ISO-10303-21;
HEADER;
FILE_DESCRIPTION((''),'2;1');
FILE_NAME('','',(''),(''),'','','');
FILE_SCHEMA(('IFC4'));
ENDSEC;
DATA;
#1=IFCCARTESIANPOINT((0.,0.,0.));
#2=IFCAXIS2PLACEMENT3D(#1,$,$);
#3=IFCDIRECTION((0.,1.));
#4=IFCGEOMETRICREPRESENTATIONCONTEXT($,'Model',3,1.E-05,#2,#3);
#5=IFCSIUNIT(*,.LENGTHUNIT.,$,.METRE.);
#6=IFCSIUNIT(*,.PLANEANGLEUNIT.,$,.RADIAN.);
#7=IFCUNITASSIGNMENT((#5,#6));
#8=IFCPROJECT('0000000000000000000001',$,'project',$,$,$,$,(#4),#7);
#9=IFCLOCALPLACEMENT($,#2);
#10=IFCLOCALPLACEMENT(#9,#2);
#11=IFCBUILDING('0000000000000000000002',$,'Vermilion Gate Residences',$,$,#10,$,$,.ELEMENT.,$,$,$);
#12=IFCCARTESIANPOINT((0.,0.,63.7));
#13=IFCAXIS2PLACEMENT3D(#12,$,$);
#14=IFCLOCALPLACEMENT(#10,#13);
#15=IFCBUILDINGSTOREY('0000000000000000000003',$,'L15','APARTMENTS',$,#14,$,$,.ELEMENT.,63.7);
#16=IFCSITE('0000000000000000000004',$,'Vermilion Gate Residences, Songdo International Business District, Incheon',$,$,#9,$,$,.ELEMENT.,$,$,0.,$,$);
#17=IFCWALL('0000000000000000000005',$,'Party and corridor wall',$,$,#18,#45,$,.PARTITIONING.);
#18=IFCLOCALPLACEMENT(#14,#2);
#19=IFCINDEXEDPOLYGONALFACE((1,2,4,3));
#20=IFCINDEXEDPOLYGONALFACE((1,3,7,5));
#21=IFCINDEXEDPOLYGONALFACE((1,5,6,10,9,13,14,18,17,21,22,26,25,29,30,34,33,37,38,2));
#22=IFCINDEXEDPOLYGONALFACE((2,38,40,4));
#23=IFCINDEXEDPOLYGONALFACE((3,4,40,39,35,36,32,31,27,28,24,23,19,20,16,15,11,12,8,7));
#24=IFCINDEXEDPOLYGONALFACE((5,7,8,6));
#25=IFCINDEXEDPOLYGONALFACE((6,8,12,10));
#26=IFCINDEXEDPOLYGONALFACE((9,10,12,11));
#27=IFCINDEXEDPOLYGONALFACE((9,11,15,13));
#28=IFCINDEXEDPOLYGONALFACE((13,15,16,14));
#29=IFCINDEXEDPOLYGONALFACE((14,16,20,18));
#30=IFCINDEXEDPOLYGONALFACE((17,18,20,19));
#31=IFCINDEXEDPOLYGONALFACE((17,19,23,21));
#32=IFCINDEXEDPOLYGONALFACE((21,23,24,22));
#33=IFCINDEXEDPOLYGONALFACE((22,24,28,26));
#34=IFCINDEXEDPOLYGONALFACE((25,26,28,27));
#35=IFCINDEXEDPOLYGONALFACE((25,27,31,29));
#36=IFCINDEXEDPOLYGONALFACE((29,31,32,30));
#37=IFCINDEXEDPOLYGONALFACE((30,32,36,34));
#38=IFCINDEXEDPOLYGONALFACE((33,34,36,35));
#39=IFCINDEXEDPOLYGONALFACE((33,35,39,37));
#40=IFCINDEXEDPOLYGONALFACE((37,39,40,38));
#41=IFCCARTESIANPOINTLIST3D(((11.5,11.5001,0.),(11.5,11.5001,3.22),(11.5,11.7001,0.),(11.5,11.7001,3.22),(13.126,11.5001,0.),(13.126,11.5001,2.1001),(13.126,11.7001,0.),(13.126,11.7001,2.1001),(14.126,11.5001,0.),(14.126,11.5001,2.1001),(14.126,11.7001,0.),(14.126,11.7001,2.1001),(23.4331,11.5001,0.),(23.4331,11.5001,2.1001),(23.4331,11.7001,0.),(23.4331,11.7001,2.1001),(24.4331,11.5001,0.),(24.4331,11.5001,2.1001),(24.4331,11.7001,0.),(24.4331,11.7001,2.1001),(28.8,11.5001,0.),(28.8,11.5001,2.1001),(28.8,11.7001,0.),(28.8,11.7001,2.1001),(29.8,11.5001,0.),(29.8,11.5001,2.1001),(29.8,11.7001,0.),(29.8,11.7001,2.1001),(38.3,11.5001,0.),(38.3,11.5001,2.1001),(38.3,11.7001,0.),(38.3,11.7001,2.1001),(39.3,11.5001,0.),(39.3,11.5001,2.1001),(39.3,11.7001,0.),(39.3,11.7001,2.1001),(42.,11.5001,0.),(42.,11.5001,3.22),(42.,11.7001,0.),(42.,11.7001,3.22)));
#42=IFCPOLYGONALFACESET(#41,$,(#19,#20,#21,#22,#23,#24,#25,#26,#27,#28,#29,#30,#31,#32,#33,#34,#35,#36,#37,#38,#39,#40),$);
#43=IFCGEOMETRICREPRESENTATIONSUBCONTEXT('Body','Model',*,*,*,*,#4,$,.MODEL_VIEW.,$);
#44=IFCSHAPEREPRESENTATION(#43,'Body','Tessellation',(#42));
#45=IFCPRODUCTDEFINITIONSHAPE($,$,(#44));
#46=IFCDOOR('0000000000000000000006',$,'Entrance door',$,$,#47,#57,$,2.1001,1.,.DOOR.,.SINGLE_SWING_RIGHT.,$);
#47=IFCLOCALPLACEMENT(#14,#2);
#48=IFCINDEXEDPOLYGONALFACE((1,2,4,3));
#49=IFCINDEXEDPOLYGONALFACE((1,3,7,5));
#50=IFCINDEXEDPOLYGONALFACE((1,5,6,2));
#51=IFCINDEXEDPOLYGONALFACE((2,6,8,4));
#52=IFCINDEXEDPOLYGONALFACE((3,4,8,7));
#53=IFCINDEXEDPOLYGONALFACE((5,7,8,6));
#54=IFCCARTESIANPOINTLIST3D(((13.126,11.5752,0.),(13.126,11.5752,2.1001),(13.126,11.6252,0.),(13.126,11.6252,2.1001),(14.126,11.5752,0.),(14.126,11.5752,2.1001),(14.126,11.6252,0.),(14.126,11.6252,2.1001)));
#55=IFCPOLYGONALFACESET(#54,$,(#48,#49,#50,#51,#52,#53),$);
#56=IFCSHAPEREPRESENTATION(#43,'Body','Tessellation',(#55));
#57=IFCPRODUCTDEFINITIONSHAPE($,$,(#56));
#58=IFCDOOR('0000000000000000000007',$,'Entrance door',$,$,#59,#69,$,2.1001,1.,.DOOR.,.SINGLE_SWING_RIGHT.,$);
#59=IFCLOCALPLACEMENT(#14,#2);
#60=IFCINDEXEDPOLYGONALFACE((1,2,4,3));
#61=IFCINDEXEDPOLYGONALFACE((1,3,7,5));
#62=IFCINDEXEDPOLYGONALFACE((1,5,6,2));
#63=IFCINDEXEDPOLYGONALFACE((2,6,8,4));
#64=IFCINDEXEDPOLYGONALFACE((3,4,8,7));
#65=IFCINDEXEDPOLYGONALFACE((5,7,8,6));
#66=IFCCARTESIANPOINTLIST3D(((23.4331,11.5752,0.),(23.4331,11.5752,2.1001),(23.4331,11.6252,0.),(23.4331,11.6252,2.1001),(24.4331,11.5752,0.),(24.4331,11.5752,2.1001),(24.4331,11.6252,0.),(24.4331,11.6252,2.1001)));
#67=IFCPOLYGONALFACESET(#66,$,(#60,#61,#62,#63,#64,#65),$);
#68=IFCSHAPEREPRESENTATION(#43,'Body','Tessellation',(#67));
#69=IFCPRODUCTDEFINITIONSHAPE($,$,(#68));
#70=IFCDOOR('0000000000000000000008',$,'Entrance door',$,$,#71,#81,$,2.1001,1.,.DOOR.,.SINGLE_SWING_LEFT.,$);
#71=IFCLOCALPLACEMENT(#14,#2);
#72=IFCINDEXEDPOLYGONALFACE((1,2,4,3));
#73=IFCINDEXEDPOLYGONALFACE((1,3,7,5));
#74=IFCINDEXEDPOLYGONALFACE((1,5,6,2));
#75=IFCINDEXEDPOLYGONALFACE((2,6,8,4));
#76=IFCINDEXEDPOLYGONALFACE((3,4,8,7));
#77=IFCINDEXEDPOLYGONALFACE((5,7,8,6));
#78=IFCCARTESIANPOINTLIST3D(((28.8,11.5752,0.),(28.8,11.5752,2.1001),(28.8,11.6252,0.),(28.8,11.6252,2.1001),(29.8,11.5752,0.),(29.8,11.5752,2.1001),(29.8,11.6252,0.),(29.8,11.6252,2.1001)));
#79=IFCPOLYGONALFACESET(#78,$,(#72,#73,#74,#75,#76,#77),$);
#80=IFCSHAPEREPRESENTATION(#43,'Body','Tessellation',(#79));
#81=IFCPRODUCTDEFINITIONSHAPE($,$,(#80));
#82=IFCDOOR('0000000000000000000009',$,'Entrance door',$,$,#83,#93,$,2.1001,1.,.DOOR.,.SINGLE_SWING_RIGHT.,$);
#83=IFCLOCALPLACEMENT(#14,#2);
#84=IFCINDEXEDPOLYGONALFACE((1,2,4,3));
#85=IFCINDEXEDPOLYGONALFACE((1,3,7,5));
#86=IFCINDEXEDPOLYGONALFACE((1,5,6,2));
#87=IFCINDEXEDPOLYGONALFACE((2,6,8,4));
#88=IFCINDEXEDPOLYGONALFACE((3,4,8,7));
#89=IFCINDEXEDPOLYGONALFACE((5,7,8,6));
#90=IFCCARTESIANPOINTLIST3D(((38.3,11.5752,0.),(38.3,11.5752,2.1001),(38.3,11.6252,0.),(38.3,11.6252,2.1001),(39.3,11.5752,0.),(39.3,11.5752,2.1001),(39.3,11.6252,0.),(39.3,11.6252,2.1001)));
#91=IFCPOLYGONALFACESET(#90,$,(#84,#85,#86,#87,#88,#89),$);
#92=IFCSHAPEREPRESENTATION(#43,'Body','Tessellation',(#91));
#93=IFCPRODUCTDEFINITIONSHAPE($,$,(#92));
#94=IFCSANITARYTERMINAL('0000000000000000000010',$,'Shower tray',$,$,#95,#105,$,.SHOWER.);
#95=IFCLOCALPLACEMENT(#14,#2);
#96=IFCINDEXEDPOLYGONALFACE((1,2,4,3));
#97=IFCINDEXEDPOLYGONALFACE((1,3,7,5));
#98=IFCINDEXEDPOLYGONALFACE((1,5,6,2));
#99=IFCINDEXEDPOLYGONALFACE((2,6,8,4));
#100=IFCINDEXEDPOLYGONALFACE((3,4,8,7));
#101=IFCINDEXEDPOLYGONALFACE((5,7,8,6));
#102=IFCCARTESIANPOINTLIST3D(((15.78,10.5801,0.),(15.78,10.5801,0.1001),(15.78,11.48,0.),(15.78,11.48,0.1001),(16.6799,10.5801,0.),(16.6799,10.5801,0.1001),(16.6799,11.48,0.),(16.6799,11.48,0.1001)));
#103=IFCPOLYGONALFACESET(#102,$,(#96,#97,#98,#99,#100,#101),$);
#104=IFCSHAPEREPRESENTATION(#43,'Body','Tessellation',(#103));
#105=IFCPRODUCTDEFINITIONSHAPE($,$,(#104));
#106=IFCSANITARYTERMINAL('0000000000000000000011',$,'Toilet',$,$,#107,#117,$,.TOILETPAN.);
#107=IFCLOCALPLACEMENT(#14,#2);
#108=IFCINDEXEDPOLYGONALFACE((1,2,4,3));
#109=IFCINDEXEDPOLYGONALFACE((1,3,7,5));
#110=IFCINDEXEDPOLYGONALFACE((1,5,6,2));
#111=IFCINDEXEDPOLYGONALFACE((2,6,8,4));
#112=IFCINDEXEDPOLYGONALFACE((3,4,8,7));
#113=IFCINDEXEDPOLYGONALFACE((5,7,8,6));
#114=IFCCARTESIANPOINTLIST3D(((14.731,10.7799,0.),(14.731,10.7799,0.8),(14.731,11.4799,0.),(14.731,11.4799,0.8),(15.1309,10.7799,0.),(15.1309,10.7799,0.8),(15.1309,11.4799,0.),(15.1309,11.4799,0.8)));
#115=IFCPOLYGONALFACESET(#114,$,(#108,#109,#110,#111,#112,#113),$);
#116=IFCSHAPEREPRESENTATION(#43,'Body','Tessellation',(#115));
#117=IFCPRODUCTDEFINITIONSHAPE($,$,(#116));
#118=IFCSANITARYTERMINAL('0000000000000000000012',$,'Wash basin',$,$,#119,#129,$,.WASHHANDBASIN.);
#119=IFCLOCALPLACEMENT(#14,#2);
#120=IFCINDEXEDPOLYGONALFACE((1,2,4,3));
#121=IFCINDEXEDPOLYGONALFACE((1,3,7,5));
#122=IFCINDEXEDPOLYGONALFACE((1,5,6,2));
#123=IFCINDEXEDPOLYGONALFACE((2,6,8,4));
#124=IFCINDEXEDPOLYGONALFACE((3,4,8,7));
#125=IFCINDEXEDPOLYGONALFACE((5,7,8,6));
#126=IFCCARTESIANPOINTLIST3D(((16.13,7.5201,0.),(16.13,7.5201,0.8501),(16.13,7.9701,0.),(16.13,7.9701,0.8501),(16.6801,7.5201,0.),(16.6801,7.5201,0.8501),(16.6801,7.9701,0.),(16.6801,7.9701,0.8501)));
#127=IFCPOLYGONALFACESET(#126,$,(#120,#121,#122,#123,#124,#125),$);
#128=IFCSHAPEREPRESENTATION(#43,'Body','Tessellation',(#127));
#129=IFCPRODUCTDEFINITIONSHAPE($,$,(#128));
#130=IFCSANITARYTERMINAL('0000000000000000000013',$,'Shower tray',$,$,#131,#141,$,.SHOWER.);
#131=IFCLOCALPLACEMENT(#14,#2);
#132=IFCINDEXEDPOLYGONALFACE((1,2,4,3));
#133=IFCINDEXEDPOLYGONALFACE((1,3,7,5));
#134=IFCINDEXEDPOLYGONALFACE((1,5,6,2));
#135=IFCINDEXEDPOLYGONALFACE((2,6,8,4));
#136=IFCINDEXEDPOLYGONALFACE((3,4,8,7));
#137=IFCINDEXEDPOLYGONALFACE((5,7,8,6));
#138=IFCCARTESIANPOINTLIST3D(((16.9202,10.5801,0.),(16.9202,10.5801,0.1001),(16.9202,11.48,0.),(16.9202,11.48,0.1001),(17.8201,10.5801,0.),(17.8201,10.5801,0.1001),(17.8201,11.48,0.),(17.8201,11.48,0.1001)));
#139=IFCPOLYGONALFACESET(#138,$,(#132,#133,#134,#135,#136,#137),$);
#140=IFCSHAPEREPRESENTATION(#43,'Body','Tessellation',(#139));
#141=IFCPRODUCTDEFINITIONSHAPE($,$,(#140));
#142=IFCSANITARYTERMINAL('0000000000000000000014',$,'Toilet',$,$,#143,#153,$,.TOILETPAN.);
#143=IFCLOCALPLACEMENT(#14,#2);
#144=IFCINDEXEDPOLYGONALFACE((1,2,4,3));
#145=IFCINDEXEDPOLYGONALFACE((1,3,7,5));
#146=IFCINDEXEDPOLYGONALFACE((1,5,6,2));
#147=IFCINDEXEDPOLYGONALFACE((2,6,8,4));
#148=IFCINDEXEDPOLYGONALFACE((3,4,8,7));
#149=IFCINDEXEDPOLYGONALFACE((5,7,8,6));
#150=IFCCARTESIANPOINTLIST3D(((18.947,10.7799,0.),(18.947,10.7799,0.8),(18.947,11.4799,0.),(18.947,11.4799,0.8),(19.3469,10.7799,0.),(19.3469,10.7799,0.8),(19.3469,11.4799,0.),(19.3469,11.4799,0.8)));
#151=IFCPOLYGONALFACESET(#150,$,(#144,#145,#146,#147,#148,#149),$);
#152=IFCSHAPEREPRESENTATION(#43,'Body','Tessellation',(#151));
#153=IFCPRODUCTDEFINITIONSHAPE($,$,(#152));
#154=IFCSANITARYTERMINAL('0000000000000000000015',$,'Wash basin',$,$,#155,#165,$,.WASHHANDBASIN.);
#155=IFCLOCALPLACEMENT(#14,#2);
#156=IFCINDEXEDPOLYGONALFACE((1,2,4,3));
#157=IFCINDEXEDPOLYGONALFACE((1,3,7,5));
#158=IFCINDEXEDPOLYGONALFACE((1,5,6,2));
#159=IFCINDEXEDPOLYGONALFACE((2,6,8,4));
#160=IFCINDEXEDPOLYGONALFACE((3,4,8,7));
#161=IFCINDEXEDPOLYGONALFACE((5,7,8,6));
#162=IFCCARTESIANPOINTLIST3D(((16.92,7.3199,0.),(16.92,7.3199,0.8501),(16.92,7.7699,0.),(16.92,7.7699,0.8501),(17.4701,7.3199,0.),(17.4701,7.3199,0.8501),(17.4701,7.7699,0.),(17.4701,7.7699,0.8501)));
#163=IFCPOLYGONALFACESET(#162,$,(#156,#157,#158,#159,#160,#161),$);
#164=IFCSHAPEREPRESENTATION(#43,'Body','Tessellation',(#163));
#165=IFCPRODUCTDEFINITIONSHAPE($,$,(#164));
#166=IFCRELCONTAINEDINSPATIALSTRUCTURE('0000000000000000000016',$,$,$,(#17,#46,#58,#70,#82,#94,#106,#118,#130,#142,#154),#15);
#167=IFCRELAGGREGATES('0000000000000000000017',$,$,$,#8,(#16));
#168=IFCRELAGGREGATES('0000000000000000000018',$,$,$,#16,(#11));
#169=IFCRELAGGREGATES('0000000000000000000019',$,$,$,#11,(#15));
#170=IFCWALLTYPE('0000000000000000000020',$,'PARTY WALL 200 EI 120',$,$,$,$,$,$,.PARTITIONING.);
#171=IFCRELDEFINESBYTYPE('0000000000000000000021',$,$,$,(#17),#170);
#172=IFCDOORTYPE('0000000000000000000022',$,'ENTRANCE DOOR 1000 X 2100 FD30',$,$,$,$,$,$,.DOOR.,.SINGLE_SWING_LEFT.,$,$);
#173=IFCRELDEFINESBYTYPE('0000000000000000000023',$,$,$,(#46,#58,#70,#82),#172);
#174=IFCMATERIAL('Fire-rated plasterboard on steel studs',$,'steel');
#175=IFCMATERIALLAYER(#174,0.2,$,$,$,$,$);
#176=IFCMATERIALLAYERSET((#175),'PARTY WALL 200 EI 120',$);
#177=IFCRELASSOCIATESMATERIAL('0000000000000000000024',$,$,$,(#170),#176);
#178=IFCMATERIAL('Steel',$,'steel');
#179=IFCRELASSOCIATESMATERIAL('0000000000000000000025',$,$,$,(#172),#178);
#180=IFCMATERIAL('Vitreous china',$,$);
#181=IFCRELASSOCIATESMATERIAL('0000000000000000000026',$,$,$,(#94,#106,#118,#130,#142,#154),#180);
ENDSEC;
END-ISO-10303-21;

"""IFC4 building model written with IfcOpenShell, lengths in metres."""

from ifc_helpers import new_model, si_unit, direction, frame, frame_2d, origin, origin_2d, place, context, subcontext, project, spatial, rectangle, extrude, material, layer, layer_set, type_object, element, fill, save


model = new_model("IFC4")

# Units and contexts
model_context = context("Model", 3, precision=1e-05, world=origin(), true_north=direction((0.0, 1.0)))
body_context = subcontext(model_context, "Body", "Model", "MODEL_VIEW")
ifc_project = project(units=[si_unit("LENGTHUNIT", "METRE"), si_unit("PLANEANGLEUNIT", "RADIAN")], contexts=[model_context])

# Site, building, storey
site_placement = place(None, origin())
site = spatial("IfcSite", under=ifc_project, at=site_placement, Name="Vermilion Gate Residences, Songdo International Business District, Incheon", CompositionType="ELEMENT", RefElevation=0.0)
building_placement = place(site_placement, origin())
building = spatial("IfcBuilding", under=site, at=building_placement, Name="Vermilion Gate Residences", CompositionType="ELEMENT")
storey_placement = place(building_placement, frame((0.0, 0.0, 63.7)))
storey = spatial("IfcBuildingStorey", under=building, at=storey_placement, Name="L15", Description="APARTMENTS", CompositionType="ELEMENT", Elevation=63.7)

# Wall, openings, doors
ifc_material_1 = material(Name="Fire-rated plasterboard on steel studs", Category="steel")
ifc_layer_1 = layer(ifc_material_1, 0.2)
ifc_layer_set_1 = layer_set([ifc_layer_1], Name="PARTY WALL 200 EI 120")
wall_type_1 = type_object("IfcWallType", Name="PARTY WALL 200 EI 120", PredefinedType="PARTITIONING", material=ifc_layer_set_1)
wall_1_placement = place(storey_placement, frame((11.5, 11.6001, 0.0), z_axis=(0.0, 0.0, 1.0), x_axis=(1.0, 0.0, 0.0)))
wall_1 = element("IfcWall", 1, at=wall_1_placement, inside=storey, type_object=wall_type_1, Name="Party and corridor wall", PredefinedType="PARTITIONING", context=body_context, shape_type="SweptSolid", body=[
    extrude(rectangle(XDim=30.5, YDim=0.2, at=frame_2d((15.25, 0.0))), origin(), (0.0, 0.0, 1.0), 3.22),
])
opening_1_placement = place(wall_1_placement, frame((1.626, 0.0, 0.0)))
opening_1 = element("IfcOpeningElement", 2, at=opening_1_placement, cuts=wall_1, PredefinedType="OPENING", context=body_context, shape_type="SweptSolid", body=[
    extrude(rectangle(XDim=1.0, YDim=2.1001, at=frame_2d((0.5, 1.05))), frame((0.0, 0.1099, 0.0), z_axis=(0.0, -1.0, 0.0), x_axis=(1.0, 0.0, 0.0)), (0.0, 0.0, 1.0), 0.22),
])
opening_2_placement = place(wall_1_placement, frame((11.9331, 0.0, 0.0)))
opening_2 = element("IfcOpeningElement", 3, at=opening_2_placement, cuts=wall_1, PredefinedType="OPENING", context=body_context, shape_type="SweptSolid", body=[
    extrude(rectangle(XDim=1.0, YDim=2.1001, at=frame_2d((0.5, 1.05))), frame((0.0, 0.1099, 0.0), z_axis=(0.0, -1.0, 0.0), x_axis=(1.0, 0.0, 0.0)), (0.0, 0.0, 1.0), 0.22),
])
opening_3_placement = place(wall_1_placement, frame((17.3, 0.0, 0.0)))
opening_3 = element("IfcOpeningElement", 4, at=opening_3_placement, cuts=wall_1, PredefinedType="OPENING", context=body_context, shape_type="SweptSolid", body=[
    extrude(rectangle(XDim=1.0, YDim=2.1001, at=frame_2d((0.5, 1.05))), frame((0.0, 0.1099, 0.0), z_axis=(0.0, -1.0, 0.0), x_axis=(1.0, 0.0, 0.0)), (0.0, 0.0, 1.0), 0.22),
])
opening_4_placement = place(wall_1_placement, frame((26.8, 0.0, 0.0)))
opening_4 = element("IfcOpeningElement", 5, at=opening_4_placement, cuts=wall_1, PredefinedType="OPENING", context=body_context, shape_type="SweptSolid", body=[
    extrude(rectangle(XDim=1.0, YDim=2.1001, at=frame_2d((0.5, 1.05))), frame((0.0, 0.1099, 0.0), z_axis=(0.0, -1.0, 0.0), x_axis=(1.0, 0.0, 0.0)), (0.0, 0.0, 1.0), 0.22),
])
ifc_material_2 = material(Name="Steel", Category="steel")
door_type_1 = type_object("IfcDoorType", Name="ENTRANCE DOOR 1000 X 2100 FD30", OperationType="SINGLE_SWING_LEFT", PredefinedType="DOOR", material=ifc_material_2)
door_1_placement = place(opening_1_placement, frame((1.0, 0.0, 0.0), z_axis=(0.0, 0.0, 1.0), x_axis=(-1.0, 0.0, 0.0)))
door_1 = element("IfcDoor", 6, at=door_1_placement, inside=storey, type_object=door_type_1, Name="Entrance door", OperationType="SINGLE_SWING_RIGHT", OverallHeight=2.1001, OverallWidth=1.0, PredefinedType="DOOR", context=body_context, shape_type="SweptSolid", body=[
    extrude(rectangle(XDim=1.0, YDim=2.1001, at=frame_2d((0.5, 1.05))), frame((0.0, 0.0249, 0.0), z_axis=(0.0, -1.0, 0.0), x_axis=(1.0, 0.0, 0.0)), (0.0, 0.0, 1.0), 0.05),
])
fill(opening_1, door_1)
door_2_placement = place(opening_2_placement, frame((1.0, 0.0, 0.0), z_axis=(0.0, 0.0, 1.0), x_axis=(-1.0, 0.0, 0.0)))
door_2 = element("IfcDoor", 7, at=door_2_placement, inside=storey, type_object=door_type_1, Name="Entrance door", OperationType="SINGLE_SWING_RIGHT", OverallHeight=2.1001, OverallWidth=1.0, PredefinedType="DOOR", context=body_context, shape_type="SweptSolid", body=[
    extrude(rectangle(XDim=1.0, YDim=2.1001, at=frame_2d((0.5, 1.05))), frame((0.0, 0.0249, 0.0), z_axis=(0.0, -1.0, 0.0), x_axis=(1.0, 0.0, 0.0)), (0.0, 0.0, 1.0), 0.05),
])
fill(opening_2, door_2)
door_3_placement = place(opening_3_placement, frame((1.0, 0.0, 0.0), z_axis=(0.0, 0.0, 1.0), x_axis=(-1.0, 0.0, 0.0)))
door_3 = element("IfcDoor", 8, at=door_3_placement, inside=storey, type_object=door_type_1, Name="Entrance door", OperationType="SINGLE_SWING_LEFT", OverallHeight=2.1001, OverallWidth=1.0, PredefinedType="DOOR", context=body_context, shape_type="SweptSolid", body=[
    extrude(rectangle(XDim=1.0, YDim=2.1001, at=frame_2d((0.5, 1.05))), frame((0.0, 0.0249, 0.0), z_axis=(0.0, -1.0, 0.0), x_axis=(1.0, 0.0, 0.0)), (0.0, 0.0, 1.0), 0.05),
])
fill(opening_3, door_3)
door_4_placement = place(opening_4_placement, frame((1.0, 0.0, 0.0), z_axis=(0.0, 0.0, 1.0), x_axis=(-1.0, 0.0, 0.0)))
door_4 = element("IfcDoor", 9, at=door_4_placement, inside=storey, type_object=door_type_1, Name="Entrance door", OperationType="SINGLE_SWING_RIGHT", OverallHeight=2.1001, OverallWidth=1.0, PredefinedType="DOOR", context=body_context, shape_type="SweptSolid", body=[
    extrude(rectangle(XDim=1.0, YDim=2.1001, at=frame_2d((0.5, 1.05))), frame((0.0, 0.0249, 0.0), z_axis=(0.0, -1.0, 0.0), x_axis=(1.0, 0.0, 0.0)), (0.0, 0.0, 1.0), 0.05),
])
fill(opening_4, door_4)

# Sanitary terminals
ifc_material_3 = material(Name="Vitreous china")
sanitary_terminal_1_placement = place(storey_placement, frame((16.23, 11.03, 0.0), z_axis=(0.0, 0.0, 1.0), x_axis=(1.0, 0.0, 0.0)))
element("IfcSanitaryTerminal", 10, at=sanitary_terminal_1_placement, inside=storey, material=ifc_material_3, Name="Shower tray", PredefinedType="SHOWER", context=body_context, shape_type="SweptSolid", body=[
    extrude(rectangle(XDim=0.8999, YDim=0.8999, at=origin_2d()), origin(), (0.0, 0.0, 1.0), 0.1001),
])
sanitary_terminal_2_placement = place(storey_placement, frame((14.9309, 11.1299, 0.0), z_axis=(0.0, 0.0, 1.0), x_axis=(1.0, 0.0, 0.0)))
element("IfcSanitaryTerminal", 11, at=sanitary_terminal_2_placement, inside=storey, material=ifc_material_3, Name="Toilet", PredefinedType="TOILETPAN", context=body_context, shape_type="SweptSolid", body=[
    extrude(rectangle(XDim=0.3999, YDim=0.7, at=origin_2d()), origin(), (0.0, 0.0, 1.0), 0.8),
])
sanitary_terminal_3_placement = place(storey_placement, frame((16.405, 7.7451, 0.0), z_axis=(0.0, 0.0, 1.0), x_axis=(1.0, 0.0, 0.0)))
element("IfcSanitaryTerminal", 12, at=sanitary_terminal_3_placement, inside=storey, material=ifc_material_3, Name="Wash basin", PredefinedType="WASHHANDBASIN", context=body_context, shape_type="SweptSolid", body=[
    extrude(rectangle(XDim=0.55, YDim=0.45, at=origin_2d()), origin(), (0.0, 0.0, 1.0), 0.8501),
])
sanitary_terminal_4_placement = place(storey_placement, frame((17.3701, 11.03, 0.0), z_axis=(0.0, 0.0, 1.0), x_axis=(1.0, 0.0, 0.0)))
element("IfcSanitaryTerminal", 13, at=sanitary_terminal_4_placement, inside=storey, material=ifc_material_3, Name="Shower tray", PredefinedType="SHOWER", context=body_context, shape_type="SweptSolid", body=[
    extrude(rectangle(XDim=0.8999, YDim=0.8999, at=origin_2d()), origin(), (0.0, 0.0, 1.0), 0.1001),
])
sanitary_terminal_5_placement = place(storey_placement, frame((19.147, 11.1299, 0.0), z_axis=(0.0, 0.0, 1.0), x_axis=(1.0, 0.0, 0.0)))
element("IfcSanitaryTerminal", 14, at=sanitary_terminal_5_placement, inside=storey, material=ifc_material_3, Name="Toilet", PredefinedType="TOILETPAN", context=body_context, shape_type="SweptSolid", body=[
    extrude(rectangle(XDim=0.3999, YDim=0.7, at=origin_2d()), origin(), (0.0, 0.0, 1.0), 0.8),
])
sanitary_terminal_6_placement = place(storey_placement, frame((17.1951, 7.5449, 0.0), z_axis=(0.0, 0.0, 1.0), x_axis=(1.0, 0.0, 0.0)))
element("IfcSanitaryTerminal", 15, at=sanitary_terminal_6_placement, inside=storey, material=ifc_material_3, Name="Wash basin", PredefinedType="WASHHANDBASIN", context=body_context, shape_type="SweptSolid", body=[
    extrude(rectangle(XDim=0.55, YDim=0.45, at=origin_2d()), origin(), (0.0, 0.0, 1.0), 0.8501),
])

save(model, "model.ifc")
